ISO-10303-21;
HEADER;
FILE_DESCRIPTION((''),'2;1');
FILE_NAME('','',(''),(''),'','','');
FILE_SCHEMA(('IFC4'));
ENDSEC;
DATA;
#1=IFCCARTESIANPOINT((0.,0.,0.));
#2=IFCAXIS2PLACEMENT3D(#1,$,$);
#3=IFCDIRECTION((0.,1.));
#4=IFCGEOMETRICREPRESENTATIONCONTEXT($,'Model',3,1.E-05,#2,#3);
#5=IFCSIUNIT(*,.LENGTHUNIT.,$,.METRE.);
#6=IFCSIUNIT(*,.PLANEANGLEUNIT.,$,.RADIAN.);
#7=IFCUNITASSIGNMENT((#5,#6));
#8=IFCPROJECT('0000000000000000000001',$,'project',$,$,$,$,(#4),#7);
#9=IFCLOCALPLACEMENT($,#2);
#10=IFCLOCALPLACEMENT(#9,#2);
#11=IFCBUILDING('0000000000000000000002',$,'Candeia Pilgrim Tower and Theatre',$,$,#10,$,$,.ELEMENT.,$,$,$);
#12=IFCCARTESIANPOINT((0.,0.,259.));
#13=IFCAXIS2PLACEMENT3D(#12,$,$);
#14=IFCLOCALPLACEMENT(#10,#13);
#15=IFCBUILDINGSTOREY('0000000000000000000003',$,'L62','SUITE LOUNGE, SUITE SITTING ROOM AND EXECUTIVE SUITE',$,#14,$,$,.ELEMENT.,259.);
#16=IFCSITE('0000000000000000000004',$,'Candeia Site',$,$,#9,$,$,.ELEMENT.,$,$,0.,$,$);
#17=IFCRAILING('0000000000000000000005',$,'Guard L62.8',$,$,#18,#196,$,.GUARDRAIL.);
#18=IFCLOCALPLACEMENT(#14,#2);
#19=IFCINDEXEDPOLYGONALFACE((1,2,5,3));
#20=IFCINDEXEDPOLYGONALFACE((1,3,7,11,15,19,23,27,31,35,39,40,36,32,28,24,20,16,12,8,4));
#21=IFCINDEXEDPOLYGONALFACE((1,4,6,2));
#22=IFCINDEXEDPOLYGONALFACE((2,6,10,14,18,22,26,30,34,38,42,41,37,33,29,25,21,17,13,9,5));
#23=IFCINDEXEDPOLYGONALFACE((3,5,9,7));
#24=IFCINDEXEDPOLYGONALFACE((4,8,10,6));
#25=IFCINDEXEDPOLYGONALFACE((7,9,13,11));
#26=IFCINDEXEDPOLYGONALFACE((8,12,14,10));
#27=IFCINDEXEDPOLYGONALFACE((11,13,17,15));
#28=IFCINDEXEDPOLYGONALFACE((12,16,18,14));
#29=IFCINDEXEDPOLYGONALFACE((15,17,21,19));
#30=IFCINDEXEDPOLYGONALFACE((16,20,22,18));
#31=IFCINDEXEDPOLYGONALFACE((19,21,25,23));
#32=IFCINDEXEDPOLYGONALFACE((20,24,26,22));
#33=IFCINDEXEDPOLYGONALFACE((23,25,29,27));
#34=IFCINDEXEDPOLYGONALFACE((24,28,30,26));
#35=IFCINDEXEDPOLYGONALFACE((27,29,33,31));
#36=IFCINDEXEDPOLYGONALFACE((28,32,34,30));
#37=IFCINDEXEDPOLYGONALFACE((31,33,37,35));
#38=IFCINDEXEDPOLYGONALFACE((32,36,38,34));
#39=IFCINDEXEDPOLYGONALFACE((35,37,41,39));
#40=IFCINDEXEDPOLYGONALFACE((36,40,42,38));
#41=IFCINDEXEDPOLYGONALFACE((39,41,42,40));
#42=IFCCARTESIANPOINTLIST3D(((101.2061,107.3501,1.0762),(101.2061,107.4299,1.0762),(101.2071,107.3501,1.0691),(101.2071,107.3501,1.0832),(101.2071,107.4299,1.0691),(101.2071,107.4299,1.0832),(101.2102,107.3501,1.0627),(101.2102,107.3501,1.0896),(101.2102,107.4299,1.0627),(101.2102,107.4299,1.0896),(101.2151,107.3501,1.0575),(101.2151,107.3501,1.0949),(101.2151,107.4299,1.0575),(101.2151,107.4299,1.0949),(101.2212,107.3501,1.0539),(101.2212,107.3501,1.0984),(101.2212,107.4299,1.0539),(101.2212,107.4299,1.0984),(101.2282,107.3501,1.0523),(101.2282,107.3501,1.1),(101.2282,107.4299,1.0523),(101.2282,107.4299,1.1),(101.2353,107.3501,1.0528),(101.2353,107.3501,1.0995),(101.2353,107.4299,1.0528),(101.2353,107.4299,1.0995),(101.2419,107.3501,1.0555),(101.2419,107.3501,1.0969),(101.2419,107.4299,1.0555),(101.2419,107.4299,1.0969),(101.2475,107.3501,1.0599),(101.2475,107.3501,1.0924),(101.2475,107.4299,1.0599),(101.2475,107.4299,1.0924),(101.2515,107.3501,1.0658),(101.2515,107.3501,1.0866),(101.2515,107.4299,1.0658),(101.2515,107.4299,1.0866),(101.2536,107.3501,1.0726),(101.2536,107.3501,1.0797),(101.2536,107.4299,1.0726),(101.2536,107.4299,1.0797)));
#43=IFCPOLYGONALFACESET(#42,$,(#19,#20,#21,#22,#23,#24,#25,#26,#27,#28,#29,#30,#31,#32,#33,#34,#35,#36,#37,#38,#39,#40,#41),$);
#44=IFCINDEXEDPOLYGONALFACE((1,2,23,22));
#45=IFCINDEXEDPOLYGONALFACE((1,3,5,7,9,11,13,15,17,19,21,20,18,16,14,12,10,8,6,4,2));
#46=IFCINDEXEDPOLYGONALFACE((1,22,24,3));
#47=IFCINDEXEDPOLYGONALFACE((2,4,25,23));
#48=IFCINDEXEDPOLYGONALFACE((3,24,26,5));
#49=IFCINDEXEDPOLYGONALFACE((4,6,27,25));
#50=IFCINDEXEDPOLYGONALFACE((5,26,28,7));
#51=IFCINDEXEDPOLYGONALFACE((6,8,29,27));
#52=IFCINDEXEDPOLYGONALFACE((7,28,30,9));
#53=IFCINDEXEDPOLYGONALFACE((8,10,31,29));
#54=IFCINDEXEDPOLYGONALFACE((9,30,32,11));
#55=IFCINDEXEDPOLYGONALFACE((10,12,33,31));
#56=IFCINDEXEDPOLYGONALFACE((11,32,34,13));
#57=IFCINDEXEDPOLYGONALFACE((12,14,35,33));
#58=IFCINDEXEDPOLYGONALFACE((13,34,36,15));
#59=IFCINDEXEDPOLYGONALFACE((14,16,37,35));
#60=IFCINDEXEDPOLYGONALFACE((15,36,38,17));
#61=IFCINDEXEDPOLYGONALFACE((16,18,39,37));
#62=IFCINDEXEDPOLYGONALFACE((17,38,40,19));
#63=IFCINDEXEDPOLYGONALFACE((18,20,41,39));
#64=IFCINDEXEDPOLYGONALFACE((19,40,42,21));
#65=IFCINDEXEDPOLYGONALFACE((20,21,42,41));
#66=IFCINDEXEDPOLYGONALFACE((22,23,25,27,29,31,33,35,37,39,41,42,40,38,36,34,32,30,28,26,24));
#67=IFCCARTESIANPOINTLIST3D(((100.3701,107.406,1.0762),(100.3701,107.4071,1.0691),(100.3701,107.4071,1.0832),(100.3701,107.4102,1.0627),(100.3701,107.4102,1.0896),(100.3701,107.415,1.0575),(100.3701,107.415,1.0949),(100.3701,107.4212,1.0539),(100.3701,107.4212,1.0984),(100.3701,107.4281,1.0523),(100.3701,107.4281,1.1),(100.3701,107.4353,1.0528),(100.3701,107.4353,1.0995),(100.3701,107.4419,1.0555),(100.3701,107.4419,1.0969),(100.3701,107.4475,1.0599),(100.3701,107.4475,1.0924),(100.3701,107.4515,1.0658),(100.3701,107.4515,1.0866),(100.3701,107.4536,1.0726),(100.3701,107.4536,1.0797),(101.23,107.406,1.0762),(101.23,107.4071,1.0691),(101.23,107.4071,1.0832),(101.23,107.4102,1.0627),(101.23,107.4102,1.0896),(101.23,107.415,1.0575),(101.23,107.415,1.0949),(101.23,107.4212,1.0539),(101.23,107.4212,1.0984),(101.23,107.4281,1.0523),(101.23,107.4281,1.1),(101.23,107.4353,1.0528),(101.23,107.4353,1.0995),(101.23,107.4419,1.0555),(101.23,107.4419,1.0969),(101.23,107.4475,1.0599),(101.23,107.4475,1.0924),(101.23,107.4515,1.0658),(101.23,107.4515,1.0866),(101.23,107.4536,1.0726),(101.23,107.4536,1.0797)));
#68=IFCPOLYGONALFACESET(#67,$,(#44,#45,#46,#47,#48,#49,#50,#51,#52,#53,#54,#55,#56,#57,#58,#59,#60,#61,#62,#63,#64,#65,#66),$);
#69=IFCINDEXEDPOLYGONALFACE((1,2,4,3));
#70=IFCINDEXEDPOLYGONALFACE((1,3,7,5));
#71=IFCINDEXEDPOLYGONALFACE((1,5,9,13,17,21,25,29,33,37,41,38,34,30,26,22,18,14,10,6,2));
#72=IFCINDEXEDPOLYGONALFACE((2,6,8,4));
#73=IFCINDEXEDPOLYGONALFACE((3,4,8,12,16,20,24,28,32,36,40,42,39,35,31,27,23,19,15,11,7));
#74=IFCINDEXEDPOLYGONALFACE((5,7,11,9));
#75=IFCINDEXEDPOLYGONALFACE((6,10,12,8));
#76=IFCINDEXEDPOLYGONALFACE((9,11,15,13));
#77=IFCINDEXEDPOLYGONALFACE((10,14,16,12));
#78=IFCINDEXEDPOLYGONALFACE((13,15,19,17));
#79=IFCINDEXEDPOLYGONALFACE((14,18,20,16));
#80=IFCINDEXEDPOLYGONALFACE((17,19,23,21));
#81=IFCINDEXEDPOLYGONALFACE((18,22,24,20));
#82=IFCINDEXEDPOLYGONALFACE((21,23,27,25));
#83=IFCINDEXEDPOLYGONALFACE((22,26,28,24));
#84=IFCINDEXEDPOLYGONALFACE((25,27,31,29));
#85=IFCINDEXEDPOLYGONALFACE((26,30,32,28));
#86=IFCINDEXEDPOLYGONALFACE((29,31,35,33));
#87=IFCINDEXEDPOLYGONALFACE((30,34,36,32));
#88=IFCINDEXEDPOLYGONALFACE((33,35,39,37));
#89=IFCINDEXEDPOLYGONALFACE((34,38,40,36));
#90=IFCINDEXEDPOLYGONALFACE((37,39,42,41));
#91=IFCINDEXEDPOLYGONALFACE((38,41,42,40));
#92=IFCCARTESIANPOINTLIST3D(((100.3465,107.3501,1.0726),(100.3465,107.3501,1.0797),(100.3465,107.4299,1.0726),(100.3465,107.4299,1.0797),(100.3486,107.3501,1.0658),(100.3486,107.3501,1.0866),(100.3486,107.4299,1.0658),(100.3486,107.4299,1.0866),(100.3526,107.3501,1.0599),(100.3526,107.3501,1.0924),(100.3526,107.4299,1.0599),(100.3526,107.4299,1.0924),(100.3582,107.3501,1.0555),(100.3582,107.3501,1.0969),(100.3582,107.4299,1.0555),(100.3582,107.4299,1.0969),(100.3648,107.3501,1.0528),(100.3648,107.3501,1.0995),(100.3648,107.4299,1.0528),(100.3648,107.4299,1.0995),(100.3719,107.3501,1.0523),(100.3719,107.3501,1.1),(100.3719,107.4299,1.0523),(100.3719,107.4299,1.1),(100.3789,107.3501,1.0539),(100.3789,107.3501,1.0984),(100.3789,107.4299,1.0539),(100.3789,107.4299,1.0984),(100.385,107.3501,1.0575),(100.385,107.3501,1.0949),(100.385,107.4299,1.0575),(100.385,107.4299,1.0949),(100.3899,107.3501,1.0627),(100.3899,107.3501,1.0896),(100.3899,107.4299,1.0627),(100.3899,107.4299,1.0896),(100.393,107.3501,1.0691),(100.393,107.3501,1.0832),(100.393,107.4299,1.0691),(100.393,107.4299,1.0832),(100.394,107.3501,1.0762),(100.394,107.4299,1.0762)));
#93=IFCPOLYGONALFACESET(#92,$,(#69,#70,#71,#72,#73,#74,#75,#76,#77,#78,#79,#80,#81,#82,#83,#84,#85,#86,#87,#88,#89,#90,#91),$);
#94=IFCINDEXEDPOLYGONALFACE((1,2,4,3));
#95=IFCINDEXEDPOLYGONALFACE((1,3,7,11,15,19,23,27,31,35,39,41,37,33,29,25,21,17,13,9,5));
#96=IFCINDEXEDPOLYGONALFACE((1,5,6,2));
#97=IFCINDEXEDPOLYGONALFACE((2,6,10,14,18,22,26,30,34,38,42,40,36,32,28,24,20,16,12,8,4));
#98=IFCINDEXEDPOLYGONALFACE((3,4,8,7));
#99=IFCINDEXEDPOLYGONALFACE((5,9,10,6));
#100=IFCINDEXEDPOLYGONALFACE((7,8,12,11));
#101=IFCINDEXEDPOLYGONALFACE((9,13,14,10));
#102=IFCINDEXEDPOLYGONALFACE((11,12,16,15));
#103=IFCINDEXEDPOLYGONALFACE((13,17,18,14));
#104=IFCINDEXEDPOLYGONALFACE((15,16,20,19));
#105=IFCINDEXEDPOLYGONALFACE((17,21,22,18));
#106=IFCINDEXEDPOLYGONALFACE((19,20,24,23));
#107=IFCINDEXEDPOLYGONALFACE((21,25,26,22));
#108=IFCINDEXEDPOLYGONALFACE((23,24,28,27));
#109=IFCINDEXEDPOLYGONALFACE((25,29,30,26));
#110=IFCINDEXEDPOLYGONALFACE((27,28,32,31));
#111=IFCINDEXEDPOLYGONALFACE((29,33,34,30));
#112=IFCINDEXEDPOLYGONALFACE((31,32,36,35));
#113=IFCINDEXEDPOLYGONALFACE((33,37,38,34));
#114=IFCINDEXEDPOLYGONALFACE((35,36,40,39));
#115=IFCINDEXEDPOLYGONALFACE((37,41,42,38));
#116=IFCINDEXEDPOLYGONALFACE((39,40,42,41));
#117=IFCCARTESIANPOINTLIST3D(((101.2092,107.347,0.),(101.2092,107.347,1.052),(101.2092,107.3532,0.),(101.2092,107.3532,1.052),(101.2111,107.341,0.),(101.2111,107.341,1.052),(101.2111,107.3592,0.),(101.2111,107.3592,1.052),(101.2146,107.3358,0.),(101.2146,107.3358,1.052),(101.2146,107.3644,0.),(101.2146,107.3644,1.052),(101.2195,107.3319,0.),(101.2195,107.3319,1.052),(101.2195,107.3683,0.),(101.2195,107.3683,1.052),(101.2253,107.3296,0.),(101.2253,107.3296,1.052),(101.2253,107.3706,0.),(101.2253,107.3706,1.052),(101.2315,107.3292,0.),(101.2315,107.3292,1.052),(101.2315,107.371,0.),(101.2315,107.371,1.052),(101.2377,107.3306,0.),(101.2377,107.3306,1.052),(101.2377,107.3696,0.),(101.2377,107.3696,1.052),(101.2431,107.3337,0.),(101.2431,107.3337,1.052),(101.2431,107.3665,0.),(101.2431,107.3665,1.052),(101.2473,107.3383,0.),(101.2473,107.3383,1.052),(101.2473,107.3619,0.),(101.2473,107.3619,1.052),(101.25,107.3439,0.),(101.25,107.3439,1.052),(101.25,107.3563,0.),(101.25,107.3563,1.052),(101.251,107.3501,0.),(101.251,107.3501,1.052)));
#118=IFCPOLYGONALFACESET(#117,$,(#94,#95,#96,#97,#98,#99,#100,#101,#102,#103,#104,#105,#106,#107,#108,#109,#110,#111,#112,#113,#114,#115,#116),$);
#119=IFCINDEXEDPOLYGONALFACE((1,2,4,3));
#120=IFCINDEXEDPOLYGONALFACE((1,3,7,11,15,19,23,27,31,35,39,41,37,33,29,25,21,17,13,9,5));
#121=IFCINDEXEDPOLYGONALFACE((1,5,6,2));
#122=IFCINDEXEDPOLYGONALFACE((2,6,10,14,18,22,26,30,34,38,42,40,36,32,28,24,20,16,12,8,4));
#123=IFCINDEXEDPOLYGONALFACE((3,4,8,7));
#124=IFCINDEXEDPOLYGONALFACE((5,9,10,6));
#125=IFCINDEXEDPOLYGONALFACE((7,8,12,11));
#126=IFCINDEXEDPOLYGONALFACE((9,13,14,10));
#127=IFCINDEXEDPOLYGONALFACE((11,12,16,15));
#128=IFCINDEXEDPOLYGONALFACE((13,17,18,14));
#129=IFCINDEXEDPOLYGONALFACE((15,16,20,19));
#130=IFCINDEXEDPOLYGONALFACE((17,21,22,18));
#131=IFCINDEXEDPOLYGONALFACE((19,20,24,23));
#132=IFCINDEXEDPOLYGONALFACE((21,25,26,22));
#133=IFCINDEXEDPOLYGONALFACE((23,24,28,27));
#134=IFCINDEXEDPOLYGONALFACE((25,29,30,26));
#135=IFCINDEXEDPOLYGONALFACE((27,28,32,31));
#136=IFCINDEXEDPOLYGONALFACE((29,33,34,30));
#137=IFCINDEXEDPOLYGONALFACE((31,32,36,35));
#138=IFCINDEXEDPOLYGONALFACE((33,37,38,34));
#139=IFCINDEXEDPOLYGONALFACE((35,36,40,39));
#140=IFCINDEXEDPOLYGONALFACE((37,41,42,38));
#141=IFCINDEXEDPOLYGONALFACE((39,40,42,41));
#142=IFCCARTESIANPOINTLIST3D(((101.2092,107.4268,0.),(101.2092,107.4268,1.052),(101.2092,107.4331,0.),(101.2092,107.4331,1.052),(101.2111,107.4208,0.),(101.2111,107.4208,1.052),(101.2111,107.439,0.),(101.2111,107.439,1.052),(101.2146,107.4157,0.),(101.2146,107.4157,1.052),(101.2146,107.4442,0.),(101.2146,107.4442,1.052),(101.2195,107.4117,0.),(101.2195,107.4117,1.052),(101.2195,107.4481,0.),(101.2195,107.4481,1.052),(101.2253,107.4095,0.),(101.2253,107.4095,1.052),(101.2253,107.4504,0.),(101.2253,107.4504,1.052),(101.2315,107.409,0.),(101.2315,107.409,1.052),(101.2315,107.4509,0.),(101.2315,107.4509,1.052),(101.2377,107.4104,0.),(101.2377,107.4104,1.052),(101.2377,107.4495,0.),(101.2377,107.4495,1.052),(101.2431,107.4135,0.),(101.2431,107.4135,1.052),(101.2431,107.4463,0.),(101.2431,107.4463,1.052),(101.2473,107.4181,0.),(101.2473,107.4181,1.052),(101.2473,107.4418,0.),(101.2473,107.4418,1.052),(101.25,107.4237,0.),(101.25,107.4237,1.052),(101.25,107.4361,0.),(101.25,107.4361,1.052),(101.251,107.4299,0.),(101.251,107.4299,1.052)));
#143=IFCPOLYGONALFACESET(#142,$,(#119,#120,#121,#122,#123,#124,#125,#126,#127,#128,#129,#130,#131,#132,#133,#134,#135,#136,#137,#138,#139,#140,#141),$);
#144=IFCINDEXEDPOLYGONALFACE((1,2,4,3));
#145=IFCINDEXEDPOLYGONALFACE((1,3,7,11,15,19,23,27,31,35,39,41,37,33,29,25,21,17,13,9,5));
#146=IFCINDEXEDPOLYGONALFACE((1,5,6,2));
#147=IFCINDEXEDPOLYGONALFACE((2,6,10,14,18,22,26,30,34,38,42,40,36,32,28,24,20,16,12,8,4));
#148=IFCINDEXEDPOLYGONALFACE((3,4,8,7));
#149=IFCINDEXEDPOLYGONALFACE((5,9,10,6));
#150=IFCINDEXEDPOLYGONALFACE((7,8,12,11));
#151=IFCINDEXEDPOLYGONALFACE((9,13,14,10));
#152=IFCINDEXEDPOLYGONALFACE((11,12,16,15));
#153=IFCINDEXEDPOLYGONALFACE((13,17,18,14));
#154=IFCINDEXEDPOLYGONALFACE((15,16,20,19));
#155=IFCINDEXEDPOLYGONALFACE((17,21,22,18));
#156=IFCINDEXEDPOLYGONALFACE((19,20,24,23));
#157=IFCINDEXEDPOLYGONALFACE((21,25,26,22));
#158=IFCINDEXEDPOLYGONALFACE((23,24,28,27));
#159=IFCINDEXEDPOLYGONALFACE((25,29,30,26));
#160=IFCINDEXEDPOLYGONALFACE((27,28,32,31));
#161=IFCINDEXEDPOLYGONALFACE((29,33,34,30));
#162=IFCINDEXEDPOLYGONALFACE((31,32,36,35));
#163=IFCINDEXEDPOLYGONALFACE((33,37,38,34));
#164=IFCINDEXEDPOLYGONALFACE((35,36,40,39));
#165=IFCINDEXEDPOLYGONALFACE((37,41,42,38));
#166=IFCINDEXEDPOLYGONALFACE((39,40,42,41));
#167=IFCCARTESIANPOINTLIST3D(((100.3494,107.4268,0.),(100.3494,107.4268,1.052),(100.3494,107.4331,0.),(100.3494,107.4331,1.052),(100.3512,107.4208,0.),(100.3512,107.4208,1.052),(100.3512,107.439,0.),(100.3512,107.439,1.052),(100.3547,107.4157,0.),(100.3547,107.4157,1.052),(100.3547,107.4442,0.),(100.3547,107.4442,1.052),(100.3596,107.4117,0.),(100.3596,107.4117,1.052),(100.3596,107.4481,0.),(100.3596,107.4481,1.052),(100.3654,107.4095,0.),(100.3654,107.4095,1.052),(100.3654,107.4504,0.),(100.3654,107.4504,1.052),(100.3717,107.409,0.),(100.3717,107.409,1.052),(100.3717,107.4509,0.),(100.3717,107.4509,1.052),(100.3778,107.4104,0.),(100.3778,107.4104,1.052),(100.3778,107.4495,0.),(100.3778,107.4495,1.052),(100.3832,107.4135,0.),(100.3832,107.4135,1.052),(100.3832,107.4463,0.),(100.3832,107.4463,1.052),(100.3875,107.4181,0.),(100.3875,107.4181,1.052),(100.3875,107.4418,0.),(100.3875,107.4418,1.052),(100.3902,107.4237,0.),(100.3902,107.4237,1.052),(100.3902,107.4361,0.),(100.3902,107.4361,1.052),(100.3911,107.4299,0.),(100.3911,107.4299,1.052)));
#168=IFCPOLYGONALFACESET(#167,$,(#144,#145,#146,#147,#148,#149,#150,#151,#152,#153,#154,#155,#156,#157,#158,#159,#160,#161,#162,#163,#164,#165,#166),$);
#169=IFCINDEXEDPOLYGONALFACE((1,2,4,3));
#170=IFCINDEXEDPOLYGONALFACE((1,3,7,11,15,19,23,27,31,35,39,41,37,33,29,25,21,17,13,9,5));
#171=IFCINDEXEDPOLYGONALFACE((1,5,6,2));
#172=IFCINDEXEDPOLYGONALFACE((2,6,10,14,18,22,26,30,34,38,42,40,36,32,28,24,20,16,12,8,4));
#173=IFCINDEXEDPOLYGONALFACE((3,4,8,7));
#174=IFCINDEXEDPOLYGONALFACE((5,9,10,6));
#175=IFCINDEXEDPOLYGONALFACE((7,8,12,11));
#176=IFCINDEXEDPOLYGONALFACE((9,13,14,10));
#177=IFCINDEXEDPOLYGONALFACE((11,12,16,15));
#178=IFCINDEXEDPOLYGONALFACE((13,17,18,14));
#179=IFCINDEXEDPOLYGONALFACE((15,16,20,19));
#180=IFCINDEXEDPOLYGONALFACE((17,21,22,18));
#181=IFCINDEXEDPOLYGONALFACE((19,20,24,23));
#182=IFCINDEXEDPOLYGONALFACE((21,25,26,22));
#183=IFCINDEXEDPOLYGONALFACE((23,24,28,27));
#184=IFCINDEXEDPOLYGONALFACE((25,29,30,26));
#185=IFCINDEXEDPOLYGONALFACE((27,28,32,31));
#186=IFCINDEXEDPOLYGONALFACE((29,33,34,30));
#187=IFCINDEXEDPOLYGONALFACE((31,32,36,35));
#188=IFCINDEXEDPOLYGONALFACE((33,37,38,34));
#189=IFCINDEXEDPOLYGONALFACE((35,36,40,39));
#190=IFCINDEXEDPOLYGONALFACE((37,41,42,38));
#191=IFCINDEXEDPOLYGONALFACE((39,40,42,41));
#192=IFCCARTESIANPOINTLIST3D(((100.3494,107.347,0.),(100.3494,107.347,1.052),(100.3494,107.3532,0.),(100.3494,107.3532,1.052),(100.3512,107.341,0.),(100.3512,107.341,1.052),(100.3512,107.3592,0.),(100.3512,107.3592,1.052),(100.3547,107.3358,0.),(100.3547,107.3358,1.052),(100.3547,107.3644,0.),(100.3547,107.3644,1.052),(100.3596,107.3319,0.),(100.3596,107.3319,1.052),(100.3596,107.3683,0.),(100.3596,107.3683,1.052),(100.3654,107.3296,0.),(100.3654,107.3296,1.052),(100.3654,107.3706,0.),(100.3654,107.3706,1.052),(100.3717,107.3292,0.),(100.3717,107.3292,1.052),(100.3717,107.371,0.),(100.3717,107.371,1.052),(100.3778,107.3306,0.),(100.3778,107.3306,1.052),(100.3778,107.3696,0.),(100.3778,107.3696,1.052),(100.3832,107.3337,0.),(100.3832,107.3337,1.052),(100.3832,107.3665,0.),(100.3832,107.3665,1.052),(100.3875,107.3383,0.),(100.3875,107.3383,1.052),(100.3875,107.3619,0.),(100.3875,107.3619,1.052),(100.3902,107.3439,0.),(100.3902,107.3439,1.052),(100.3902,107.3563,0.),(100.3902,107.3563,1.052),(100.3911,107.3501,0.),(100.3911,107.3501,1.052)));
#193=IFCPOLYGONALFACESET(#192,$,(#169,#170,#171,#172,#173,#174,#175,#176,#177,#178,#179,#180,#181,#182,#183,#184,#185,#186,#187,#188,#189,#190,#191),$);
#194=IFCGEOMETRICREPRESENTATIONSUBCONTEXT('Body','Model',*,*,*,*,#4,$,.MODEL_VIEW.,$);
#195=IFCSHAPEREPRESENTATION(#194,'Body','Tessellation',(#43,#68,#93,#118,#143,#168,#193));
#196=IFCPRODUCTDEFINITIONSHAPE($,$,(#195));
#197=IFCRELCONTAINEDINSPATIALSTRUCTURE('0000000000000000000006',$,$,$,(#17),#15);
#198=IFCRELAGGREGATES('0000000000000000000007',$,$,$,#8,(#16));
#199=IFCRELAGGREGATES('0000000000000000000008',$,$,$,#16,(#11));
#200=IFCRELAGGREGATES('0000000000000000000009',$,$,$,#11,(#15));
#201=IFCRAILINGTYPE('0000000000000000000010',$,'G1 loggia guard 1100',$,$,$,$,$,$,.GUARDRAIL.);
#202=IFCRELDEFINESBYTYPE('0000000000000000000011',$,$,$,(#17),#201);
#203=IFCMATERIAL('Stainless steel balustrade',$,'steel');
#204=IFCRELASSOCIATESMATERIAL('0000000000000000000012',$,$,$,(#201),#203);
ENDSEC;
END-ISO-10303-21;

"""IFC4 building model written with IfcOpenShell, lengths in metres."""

from ifc_helpers import new_model, si_unit, direction, frame, origin, origin_2d, place, context, subcontext, project, spatial, circle, extrude, material, type_object, element, save


model = new_model("IFC4")

# Units and contexts
model_context = context("Model", 3, precision=1e-05, world=origin(), true_north=direction((0.0, 1.0)))
body_context = subcontext(model_context, "Body", "Model", "MODEL_VIEW")
ifc_project = project(units=[si_unit("LENGTHUNIT", "METRE"), si_unit("PLANEANGLEUNIT", "RADIAN")], contexts=[model_context])

# Site, building, storey
site_placement = place(None, origin())
site = spatial("IfcSite", under=ifc_project, at=site_placement, Name="Candeia Site", CompositionType="ELEMENT", RefElevation=0.0)
building_placement = place(site_placement, origin())
building = spatial("IfcBuilding", under=site, at=building_placement, Name="Candeia Pilgrim Tower and Theatre", CompositionType="ELEMENT")
storey_placement = place(building_placement, frame((0.0, 0.0, 259.0)))
storey = spatial("IfcBuildingStorey", under=building, at=storey_placement, Name="L62", Description="SUITE LOUNGE, SUITE SITTING ROOM AND EXECUTIVE SUITE", CompositionType="ELEMENT", Elevation=259.0)

# Railing
ifc_material_1 = material(Name="Stainless steel balustrade", Category="steel")
railing_type = type_object("IfcRailingType", Name="G1 loggia guard 1100", PredefinedType="GUARDRAIL", material=ifc_material_1)
railing_1_placement = place(storey_placement, frame((101.23, 107.3501, 0.0)))
element("IfcRailing", 1, at=railing_1_placement, inside=storey, type_object=railing_type, Name="Guard L62.8", PredefinedType="GUARDRAIL", context=body_context, shape_type="SweptSolid", body=[
    extrude(circle(Radius=0.0239, at=origin_2d()), frame((0.0, 0.0, 1.0762), z_axis=(0.0, 1.0, 0.0), x_axis=(-1.0, 0.0, 0.0)), (0.0, 0.0, 1.0), 0.0798),
    extrude(circle(Radius=0.0239, at=origin_2d()), frame((0.0, 0.0798, 1.0762), z_axis=(-1.0, 0.0, 0.0), x_axis=(0.0, -1.0, 0.0)), (0.0, 0.0, 1.0), 0.8599),
    extrude(circle(Radius=0.0239, at=origin_2d()), frame((-0.8599, 0.0798, 1.0762), z_axis=(0.0, -1.0, 0.0), x_axis=(1.0, 0.0, 0.0)), (0.0, 0.0, 1.0), 0.0798),
    extrude(circle(Radius=0.021, at=origin_2d()), origin(), (0.0, 0.0, 1.0), 1.052),
    extrude(circle(Radius=0.021, at=origin_2d()), frame((0.0, 0.0798, 0.0)), (0.0, 0.0, 1.0), 1.052),
    extrude(circle(Radius=0.021, at=origin_2d()), frame((-0.8599, 0.0798, 0.0)), (0.0, 0.0, 1.0), 1.052),
    extrude(circle(Radius=0.021, at=origin_2d()), frame((-0.8599, 0.0, 0.0)), (0.0, 0.0, 1.0), 1.052),
])

save(model, "model.ifc")
